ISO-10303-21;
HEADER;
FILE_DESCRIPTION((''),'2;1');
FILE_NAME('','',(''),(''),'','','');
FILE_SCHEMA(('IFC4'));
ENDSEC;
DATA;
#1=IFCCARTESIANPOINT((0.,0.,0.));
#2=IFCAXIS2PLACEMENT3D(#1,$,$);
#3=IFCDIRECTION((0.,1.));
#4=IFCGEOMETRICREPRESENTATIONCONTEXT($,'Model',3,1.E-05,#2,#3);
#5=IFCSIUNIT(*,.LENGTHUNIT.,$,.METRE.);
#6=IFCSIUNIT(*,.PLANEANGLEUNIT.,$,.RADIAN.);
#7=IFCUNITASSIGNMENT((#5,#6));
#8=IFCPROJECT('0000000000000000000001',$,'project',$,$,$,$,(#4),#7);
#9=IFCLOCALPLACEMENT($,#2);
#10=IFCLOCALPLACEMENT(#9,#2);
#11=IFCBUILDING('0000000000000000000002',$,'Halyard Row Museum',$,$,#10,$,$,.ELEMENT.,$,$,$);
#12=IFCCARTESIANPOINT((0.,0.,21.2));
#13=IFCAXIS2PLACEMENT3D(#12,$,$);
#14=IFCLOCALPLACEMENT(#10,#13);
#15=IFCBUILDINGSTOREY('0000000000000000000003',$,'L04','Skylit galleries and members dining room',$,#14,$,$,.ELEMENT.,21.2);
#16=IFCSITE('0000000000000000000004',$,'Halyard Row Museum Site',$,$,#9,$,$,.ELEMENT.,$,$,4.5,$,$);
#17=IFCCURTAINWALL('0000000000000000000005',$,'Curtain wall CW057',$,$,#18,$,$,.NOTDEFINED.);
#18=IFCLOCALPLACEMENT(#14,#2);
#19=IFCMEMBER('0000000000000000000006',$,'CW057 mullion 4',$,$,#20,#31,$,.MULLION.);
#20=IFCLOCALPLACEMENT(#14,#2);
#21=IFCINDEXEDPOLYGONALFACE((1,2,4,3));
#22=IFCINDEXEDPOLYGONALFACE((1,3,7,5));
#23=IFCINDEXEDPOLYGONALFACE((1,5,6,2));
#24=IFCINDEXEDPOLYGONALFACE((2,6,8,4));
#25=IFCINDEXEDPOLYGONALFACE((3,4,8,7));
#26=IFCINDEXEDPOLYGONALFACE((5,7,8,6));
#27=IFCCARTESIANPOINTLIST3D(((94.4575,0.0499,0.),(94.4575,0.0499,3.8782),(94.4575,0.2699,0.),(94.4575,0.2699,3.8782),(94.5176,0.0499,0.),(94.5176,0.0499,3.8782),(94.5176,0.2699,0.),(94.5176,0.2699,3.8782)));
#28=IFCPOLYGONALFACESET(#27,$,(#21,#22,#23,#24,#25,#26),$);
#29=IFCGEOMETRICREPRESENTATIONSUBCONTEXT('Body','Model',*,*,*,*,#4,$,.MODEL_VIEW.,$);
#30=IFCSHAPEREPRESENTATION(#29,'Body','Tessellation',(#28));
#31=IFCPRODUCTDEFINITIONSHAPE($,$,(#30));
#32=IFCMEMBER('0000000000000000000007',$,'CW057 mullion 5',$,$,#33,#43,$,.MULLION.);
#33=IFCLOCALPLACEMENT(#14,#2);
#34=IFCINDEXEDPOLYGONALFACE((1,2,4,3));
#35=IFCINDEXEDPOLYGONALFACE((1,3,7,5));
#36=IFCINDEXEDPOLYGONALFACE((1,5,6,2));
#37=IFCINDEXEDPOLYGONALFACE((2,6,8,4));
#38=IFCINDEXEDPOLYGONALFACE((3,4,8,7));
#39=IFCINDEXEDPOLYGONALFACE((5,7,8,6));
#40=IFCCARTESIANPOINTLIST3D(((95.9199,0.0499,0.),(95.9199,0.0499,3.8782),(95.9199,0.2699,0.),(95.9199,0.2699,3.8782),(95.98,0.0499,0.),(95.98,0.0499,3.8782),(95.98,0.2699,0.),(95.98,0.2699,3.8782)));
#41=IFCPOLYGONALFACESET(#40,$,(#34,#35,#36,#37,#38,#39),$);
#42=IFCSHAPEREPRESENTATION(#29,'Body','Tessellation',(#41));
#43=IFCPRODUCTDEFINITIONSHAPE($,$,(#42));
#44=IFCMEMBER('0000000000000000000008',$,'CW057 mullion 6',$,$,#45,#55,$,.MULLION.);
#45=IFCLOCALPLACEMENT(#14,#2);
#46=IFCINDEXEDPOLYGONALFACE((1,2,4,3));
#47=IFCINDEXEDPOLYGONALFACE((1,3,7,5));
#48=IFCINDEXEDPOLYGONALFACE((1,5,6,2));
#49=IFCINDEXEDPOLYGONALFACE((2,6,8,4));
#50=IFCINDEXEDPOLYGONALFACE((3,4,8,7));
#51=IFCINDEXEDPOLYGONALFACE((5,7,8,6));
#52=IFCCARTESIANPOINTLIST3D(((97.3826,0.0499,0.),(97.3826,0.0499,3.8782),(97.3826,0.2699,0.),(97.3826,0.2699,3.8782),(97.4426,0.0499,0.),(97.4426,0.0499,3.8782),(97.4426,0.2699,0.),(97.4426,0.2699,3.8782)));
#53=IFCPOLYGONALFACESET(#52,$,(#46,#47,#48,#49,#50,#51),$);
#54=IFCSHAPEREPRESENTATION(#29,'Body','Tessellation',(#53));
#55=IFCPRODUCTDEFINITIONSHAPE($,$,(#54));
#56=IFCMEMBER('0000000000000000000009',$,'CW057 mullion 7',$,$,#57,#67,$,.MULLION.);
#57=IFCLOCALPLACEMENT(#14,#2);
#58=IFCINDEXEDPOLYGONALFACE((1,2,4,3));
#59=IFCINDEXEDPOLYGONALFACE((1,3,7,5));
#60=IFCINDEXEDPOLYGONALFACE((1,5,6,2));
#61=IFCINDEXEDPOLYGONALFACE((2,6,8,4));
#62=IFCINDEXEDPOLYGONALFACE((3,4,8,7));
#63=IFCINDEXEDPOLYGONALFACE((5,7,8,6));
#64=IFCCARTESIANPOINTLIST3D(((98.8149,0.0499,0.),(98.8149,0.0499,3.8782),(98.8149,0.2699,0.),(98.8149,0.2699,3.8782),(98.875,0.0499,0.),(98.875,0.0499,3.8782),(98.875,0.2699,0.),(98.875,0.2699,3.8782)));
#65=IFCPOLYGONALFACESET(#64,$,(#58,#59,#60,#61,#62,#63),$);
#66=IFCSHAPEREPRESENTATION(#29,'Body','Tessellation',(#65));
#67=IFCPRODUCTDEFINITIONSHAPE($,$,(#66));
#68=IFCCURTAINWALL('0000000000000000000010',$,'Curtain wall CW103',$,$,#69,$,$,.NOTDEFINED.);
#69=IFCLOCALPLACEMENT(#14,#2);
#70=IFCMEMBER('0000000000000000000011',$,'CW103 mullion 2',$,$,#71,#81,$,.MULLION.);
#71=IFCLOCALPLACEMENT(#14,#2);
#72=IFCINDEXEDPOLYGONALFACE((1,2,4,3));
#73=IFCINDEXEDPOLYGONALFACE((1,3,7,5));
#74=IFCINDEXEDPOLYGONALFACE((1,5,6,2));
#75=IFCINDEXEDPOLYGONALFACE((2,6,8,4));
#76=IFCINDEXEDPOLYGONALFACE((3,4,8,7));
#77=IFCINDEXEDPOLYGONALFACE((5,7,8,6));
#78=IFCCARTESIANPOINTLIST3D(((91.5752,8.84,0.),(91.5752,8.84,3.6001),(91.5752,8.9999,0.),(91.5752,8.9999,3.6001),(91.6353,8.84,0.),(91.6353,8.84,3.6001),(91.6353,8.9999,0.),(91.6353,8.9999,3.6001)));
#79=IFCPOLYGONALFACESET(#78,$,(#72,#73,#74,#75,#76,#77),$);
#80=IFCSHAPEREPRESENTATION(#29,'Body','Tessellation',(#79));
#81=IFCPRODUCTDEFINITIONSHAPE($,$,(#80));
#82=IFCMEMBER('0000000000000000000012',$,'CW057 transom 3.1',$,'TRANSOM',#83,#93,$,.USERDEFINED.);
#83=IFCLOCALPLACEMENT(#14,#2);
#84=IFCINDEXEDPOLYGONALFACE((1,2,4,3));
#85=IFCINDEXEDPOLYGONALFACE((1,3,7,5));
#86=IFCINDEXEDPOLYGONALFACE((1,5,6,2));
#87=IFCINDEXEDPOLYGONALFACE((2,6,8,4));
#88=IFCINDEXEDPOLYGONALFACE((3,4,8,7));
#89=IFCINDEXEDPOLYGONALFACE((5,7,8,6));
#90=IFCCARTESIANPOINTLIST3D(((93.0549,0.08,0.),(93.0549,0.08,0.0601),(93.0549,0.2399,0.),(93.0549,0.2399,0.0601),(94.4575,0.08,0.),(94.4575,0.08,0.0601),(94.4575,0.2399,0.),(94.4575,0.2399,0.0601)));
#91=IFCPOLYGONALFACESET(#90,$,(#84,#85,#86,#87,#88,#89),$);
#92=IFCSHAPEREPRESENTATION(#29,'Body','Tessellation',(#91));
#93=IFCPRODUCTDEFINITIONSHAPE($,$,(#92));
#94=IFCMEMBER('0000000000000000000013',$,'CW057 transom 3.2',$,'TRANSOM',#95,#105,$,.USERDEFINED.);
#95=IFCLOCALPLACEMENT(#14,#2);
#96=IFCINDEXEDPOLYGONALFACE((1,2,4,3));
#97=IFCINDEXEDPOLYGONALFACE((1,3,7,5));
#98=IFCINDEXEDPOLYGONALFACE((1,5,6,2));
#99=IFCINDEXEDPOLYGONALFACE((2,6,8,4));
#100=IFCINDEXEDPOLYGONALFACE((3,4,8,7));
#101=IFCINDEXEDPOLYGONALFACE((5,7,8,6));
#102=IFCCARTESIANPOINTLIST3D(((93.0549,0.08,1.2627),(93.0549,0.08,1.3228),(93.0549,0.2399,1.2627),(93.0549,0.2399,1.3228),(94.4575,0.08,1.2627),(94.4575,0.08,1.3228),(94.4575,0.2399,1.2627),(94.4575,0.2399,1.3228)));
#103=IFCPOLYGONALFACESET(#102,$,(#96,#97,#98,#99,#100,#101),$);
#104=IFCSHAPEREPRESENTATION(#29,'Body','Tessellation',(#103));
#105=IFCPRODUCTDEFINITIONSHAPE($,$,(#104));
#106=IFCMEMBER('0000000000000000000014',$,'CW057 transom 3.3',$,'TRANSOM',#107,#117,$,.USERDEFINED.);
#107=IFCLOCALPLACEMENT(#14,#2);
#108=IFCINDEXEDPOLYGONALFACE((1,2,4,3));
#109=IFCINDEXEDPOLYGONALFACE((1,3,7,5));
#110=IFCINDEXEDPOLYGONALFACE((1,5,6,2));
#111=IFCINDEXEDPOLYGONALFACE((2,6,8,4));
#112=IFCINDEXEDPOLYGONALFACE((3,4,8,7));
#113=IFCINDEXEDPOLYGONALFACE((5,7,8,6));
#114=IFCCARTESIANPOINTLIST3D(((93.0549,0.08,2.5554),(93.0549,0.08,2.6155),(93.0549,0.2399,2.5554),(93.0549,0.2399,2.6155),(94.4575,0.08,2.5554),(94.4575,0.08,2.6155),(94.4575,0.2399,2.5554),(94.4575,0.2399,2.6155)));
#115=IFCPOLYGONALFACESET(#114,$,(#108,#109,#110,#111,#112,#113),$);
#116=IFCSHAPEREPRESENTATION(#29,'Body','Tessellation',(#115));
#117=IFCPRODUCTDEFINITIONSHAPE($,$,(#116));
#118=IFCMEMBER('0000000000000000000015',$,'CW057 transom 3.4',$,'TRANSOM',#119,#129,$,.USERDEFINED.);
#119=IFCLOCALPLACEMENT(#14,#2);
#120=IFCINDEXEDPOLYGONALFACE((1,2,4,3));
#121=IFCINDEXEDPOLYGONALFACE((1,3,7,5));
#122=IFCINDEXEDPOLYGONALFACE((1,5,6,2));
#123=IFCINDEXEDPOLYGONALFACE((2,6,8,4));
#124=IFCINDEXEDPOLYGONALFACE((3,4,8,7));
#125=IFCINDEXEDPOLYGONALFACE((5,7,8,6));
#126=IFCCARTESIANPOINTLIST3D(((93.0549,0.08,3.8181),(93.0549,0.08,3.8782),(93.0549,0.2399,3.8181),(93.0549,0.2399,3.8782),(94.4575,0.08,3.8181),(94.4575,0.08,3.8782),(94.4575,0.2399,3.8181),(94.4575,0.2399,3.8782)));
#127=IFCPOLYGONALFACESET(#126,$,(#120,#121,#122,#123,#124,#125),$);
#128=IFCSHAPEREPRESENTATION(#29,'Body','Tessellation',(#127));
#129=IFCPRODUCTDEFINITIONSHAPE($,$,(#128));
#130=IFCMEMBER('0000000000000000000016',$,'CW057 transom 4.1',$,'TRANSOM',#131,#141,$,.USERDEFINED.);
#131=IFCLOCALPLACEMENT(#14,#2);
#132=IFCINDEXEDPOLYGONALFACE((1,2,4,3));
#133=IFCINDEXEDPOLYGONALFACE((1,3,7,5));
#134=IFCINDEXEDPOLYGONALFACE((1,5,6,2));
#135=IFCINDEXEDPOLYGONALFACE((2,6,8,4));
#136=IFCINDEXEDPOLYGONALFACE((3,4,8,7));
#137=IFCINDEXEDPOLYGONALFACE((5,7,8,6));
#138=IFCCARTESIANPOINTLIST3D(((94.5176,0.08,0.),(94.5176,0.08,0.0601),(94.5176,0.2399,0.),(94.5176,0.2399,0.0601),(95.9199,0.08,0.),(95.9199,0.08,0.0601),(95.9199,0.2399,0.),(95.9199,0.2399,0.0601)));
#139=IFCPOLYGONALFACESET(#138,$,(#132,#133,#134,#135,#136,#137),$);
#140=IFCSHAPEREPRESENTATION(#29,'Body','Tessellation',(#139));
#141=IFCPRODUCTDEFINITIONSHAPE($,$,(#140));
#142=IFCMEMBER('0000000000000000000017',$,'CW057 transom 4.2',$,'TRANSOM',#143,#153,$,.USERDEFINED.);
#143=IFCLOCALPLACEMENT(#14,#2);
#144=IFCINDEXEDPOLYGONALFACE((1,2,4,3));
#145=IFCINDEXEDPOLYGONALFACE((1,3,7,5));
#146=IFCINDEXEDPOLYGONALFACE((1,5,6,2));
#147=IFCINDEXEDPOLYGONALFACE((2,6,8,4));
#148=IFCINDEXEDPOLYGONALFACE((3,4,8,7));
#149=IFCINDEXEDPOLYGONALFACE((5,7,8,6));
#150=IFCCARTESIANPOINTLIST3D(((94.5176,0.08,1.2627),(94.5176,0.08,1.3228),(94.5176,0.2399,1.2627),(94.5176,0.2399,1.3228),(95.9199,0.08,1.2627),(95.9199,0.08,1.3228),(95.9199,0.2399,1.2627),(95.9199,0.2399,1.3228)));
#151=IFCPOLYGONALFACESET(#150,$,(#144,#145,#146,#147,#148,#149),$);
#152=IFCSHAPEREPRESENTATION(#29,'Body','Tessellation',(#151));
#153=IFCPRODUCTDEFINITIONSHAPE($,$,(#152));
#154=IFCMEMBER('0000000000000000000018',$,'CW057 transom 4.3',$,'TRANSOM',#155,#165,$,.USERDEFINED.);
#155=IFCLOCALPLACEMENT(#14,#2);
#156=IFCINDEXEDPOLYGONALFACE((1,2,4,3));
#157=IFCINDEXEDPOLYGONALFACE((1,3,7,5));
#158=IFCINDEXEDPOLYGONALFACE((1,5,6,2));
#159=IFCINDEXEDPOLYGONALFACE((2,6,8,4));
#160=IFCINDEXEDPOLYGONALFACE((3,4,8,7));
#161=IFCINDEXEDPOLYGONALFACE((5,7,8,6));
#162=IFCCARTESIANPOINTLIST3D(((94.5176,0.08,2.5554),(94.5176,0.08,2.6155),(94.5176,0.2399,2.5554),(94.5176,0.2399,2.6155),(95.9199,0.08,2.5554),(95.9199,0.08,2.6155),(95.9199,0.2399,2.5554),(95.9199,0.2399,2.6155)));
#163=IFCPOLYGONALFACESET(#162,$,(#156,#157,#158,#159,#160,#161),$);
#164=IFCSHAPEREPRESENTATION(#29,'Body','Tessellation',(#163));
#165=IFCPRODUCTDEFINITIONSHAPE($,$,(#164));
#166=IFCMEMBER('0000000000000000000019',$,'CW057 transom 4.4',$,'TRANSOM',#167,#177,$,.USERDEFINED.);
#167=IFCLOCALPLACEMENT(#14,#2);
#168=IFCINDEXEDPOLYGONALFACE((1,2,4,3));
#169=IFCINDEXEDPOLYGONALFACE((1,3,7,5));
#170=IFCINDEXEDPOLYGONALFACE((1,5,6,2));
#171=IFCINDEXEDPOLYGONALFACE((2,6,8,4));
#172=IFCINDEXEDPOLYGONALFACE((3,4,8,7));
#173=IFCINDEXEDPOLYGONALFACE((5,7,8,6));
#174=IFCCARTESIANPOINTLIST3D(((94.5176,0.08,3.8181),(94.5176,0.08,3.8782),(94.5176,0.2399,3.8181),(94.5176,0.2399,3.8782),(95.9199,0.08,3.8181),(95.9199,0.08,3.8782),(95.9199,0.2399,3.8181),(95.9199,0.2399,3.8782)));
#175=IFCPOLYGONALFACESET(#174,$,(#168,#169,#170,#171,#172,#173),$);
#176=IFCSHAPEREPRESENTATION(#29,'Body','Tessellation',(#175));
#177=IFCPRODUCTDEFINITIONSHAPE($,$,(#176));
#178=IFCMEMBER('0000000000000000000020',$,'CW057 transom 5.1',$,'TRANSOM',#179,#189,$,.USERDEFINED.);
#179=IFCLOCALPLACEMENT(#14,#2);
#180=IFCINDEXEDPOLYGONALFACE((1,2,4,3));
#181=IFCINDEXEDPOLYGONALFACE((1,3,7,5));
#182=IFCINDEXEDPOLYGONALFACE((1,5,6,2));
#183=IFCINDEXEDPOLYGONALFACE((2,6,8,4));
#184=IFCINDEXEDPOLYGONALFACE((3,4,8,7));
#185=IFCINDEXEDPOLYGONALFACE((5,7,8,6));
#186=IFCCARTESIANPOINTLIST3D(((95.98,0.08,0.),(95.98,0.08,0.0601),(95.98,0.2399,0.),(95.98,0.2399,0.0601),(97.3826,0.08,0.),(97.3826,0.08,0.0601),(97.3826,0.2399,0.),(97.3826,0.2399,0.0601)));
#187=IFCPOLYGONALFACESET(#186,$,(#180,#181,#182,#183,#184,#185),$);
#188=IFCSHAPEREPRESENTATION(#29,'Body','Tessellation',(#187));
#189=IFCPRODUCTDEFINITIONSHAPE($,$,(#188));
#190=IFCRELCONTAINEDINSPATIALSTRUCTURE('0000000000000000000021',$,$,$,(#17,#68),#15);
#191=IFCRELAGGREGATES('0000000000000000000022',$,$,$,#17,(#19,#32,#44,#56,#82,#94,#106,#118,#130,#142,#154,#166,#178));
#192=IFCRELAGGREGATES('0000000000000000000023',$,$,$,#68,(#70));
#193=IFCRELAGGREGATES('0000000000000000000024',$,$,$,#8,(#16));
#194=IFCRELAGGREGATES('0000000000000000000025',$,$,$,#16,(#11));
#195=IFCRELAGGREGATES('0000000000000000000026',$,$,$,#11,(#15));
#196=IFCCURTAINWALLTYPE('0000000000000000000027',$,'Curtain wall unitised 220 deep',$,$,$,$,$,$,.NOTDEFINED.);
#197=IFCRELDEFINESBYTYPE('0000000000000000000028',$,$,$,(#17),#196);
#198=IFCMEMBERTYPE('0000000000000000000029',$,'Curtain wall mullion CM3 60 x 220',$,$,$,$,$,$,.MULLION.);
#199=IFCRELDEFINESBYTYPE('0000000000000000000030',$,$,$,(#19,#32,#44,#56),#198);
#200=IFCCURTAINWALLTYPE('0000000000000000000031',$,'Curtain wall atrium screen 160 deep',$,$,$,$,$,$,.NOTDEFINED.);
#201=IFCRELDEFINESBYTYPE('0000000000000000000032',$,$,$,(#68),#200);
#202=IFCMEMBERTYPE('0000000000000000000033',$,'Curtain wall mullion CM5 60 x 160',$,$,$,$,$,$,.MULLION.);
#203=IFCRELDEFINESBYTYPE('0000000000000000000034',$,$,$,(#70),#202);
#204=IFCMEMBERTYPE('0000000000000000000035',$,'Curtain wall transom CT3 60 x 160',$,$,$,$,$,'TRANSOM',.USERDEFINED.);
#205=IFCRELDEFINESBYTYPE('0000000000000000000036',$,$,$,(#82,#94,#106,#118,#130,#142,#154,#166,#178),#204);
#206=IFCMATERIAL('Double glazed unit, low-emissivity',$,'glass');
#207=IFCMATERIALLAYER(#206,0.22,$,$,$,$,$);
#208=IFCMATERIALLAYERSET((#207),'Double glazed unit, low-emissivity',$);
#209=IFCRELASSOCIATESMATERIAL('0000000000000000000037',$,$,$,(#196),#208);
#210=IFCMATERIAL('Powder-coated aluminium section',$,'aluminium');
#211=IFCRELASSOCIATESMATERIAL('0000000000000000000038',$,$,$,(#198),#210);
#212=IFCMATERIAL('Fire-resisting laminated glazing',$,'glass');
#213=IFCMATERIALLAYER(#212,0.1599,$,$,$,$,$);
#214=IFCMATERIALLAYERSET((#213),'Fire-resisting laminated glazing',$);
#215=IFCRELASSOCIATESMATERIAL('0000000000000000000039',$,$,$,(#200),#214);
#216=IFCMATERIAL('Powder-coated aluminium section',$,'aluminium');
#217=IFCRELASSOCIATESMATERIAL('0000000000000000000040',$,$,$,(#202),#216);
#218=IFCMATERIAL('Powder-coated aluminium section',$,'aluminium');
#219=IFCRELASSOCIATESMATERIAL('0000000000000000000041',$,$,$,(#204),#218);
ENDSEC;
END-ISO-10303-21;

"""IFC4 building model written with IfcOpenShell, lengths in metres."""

from ifc_helpers import new_model, si_unit, direction, frame, origin, origin_2d, place, context, subcontext, project, spatial, rectangle, extrude, material, layer, layer_set, material_profile, profile_set, type_object, element, aggregate, save


model = new_model("IFC4")

# Units and contexts
model_context = context("Model", 3, precision=1e-05, world=origin(), true_north=direction((0.0, 1.0)))
body_context = subcontext(model_context, "Body", "Model", "MODEL_VIEW")
ifc_project = project(units=[si_unit("LENGTHUNIT", "METRE"), si_unit("PLANEANGLEUNIT", "RADIAN")], contexts=[model_context])

# Site, building, storey
site_placement = place(None, origin())
site = spatial("IfcSite", under=ifc_project, at=site_placement, Name="Halyard Row Museum Site", CompositionType="ELEMENT", RefElevation=4.5)
building_placement = place(site_placement, origin())
building = spatial("IfcBuilding", under=site, at=building_placement, Name="Halyard Row Museum", CompositionType="ELEMENT")
storey_placement = place(building_placement, frame((0.0, 0.0, 21.2)))
storey = spatial("IfcBuildingStorey", under=building, at=storey_placement, Name="L04", Description="Skylit galleries and members dining room", CompositionType="ELEMENT", Elevation=21.2)

# Curtain wall, members
ifc_material_1 = material(Name="Double glazed unit, low-emissivity", Category="glass")
ifc_layer_1 = layer(ifc_material_1, 0.22)
ifc_layer_set_1 = layer_set([ifc_layer_1], Name="Double glazed unit, low-emissivity")
curtain_wall_type_1 = type_object("IfcCurtainWallType", Name="Curtain wall unitised 220 deep", PredefinedType="NOTDEFINED", material=ifc_layer_set_1)
curtain_wall_1_placement = place(storey_placement, origin())
curtain_wall_1 = element("IfcCurtainWall", 1, at=curtain_wall_1_placement, inside=storey, type_object=curtain_wall_type_1, Name="Curtain wall CW057", PredefinedType="NOTDEFINED")
ifc_material_2 = material(Name="Powder-coated aluminium section", Category="aluminium")
ifc_material_profile_1 = material_profile(ifc_material_2, rectangle(XDim=0.22, YDim=0.0601, at=origin_2d()), Name="220x60 mullion")
ifc_profile_set_1 = profile_set([ifc_material_profile_1], Name="Powder-coated aluminium section")
member_type_1 = type_object("IfcMemberType", Name="Curtain wall mullion CM3 60 x 220", PredefinedType="MULLION", material=ifc_profile_set_1)
member_1_placement = place(storey_placement, frame((94.4875, 0.1599, 0.0), z_axis=(0.0, 0.0, 1.0), x_axis=(0.0, 1.0, 0.0)))
member_1 = element("IfcMember", 2, at=member_1_placement, type_object=member_type_1, Name="CW057 mullion 4", PredefinedType="MULLION", context=body_context, shape_type="SweptSolid", body=[
    extrude(rectangle(XDim=0.22, YDim=0.0601, at=origin_2d()), origin(), (0.0, 0.0, 1.0), 3.8782),
])
member_2_placement = place(storey_placement, frame((95.95, 0.1599, 0.0), z_axis=(0.0, 0.0, 1.0), x_axis=(0.0, 1.0, 0.0)))
member_2 = element("IfcMember", 3, at=member_2_placement, type_object=member_type_1, Name="CW057 mullion 5", PredefinedType="MULLION", context=body_context, shape_type="SweptSolid", body=[
    extrude(rectangle(XDim=0.22, YDim=0.0601, at=origin_2d()), origin(), (0.0, 0.0, 1.0), 3.8782),
])
member_3_placement = place(storey_placement, frame((97.4126, 0.1599, 0.0), z_axis=(0.0, 0.0, 1.0), x_axis=(0.0, 1.0, 0.0)))
member_3 = element("IfcMember", 4, at=member_3_placement, type_object=member_type_1, Name="CW057 mullion 6", PredefinedType="MULLION", context=body_context, shape_type="SweptSolid", body=[
    extrude(rectangle(XDim=0.22, YDim=0.0601, at=origin_2d()), origin(), (0.0, 0.0, 1.0), 3.8782),
])
member_4_placement = place(storey_placement, frame((98.845, 0.1599, 0.0), z_axis=(0.0, 0.0, 1.0), x_axis=(0.0, 1.0, 0.0)))
member_4 = element("IfcMember", 5, at=member_4_placement, type_object=member_type_1, Name="CW057 mullion 7", PredefinedType="MULLION", context=body_context, shape_type="SweptSolid", body=[
    extrude(rectangle(XDim=0.22, YDim=0.0601, at=origin_2d()), origin(), (0.0, 0.0, 1.0), 3.8782),
])

# Curtain wall, member
ifc_material_3 = material(Name="Fire-resisting laminated glazing", Category="glass")
ifc_layer_2 = layer(ifc_material_3, 0.1599)
ifc_layer_set_2 = layer_set([ifc_layer_2], Name="Fire-resisting laminated glazing")
curtain_wall_type_2 = type_object("IfcCurtainWallType", Name="Curtain wall atrium screen 160 deep", PredefinedType="NOTDEFINED", material=ifc_layer_set_2)
curtain_wall_2_placement = place(storey_placement, origin())
curtain_wall_2 = element("IfcCurtainWall", 6, at=curtain_wall_2_placement, inside=storey, type_object=curtain_wall_type_2, Name="Curtain wall CW103", PredefinedType="NOTDEFINED")
ifc_material_4 = material(Name="Powder-coated aluminium section", Category="aluminium")
ifc_material_profile_2 = material_profile(ifc_material_4, rectangle(XDim=0.1599, YDim=0.0601, at=origin_2d()), Name="160x60 mullion")
ifc_profile_set_2 = profile_set([ifc_material_profile_2], Name="Powder-coated aluminium section")
member_type_2 = type_object("IfcMemberType", Name="Curtain wall mullion CM5 60 x 160", PredefinedType="MULLION", material=ifc_profile_set_2)
member_5_placement = place(storey_placement, frame((91.6052, 8.9199, 0.0), z_axis=(0.0, 0.0, 1.0), x_axis=(0.0, 1.0, 0.0)))
member_5 = element("IfcMember", 7, at=member_5_placement, type_object=member_type_2, Name="CW103 mullion 2", PredefinedType="MULLION", context=body_context, shape_type="SweptSolid", body=[
    extrude(rectangle(XDim=0.1599, YDim=0.0601, at=origin_2d()), origin(), (0.0, 0.0, 1.0), 3.6001),
])

# Members
ifc_material_5 = material(Name="Powder-coated aluminium section", Category="aluminium")
ifc_material_profile_3 = material_profile(ifc_material_5, rectangle(XDim=0.1599, YDim=0.0601, at=origin_2d()), Name="160x60 transom")
ifc_profile_set_3 = profile_set([ifc_material_profile_3], Name="Powder-coated aluminium section")
member_type_3 = type_object("IfcMemberType", Name="Curtain wall transom CT3 60 x 160", ElementType="TRANSOM", PredefinedType="USERDEFINED", material=ifc_profile_set_3)
member_6_placement = place(storey_placement, frame((93.0549, 0.1599, 0.03), z_axis=(1.0, 0.0, 0.0), x_axis=(0.0, 1.0, 0.0)))
member_6 = element("IfcMember", 8, at=member_6_placement, type_object=member_type_3, Name="CW057 transom 3.1", ObjectType="TRANSOM", PredefinedType="USERDEFINED", context=body_context, shape_type="SweptSolid", body=[
    extrude(rectangle(XDim=0.1599, YDim=0.0601, at=origin_2d()), origin(), (0.0, 0.0, 1.0), 1.4026),
])
member_7_placement = place(storey_placement, frame((93.0549, 0.1599, 1.2927), z_axis=(1.0, 0.0, 0.0), x_axis=(0.0, 1.0, 0.0)))
member_7 = element("IfcMember", 9, at=member_7_placement, type_object=member_type_3, Name="CW057 transom 3.2", ObjectType="TRANSOM", PredefinedType="USERDEFINED", context=body_context, shape_type="SweptSolid", body=[
    extrude(rectangle(XDim=0.1599, YDim=0.0601, at=origin_2d()), origin(), (0.0, 0.0, 1.0), 1.4026),
])
member_8_placement = place(storey_placement, frame((93.0549, 0.1599, 2.5854), z_axis=(1.0, 0.0, 0.0), x_axis=(0.0, 1.0, 0.0)))
member_8 = element("IfcMember", 10, at=member_8_placement, type_object=member_type_3, Name="CW057 transom 3.3", ObjectType="TRANSOM", PredefinedType="USERDEFINED", context=body_context, shape_type="SweptSolid", body=[
    extrude(rectangle(XDim=0.1599, YDim=0.0601, at=origin_2d()), origin(), (0.0, 0.0, 1.0), 1.4026),
])
member_9_placement = place(storey_placement, frame((93.0549, 0.1599, 3.8481), z_axis=(1.0, 0.0, 0.0), x_axis=(0.0, 1.0, 0.0)))
member_9 = element("IfcMember", 11, at=member_9_placement, type_object=member_type_3, Name="CW057 transom 3.4", ObjectType="TRANSOM", PredefinedType="USERDEFINED", context=body_context, shape_type="SweptSolid", body=[
    extrude(rectangle(XDim=0.1599, YDim=0.0601, at=origin_2d()), origin(), (0.0, 0.0, 1.0), 1.4026),
])
member_10_placement = place(storey_placement, frame((94.5176, 0.1599, 0.03), z_axis=(1.0, 0.0, 0.0), x_axis=(0.0, 1.0, 0.0)))
member_10 = element("IfcMember", 12, at=member_10_placement, type_object=member_type_3, Name="CW057 transom 4.1", ObjectType="TRANSOM", PredefinedType="USERDEFINED", context=body_context, shape_type="SweptSolid", body=[
    extrude(rectangle(XDim=0.1599, YDim=0.0601, at=origin_2d()), origin(), (0.0, 0.0, 1.0), 1.4023),
])
member_11_placement = place(storey_placement, frame((94.5176, 0.1599, 1.2927), z_axis=(1.0, 0.0, 0.0), x_axis=(0.0, 1.0, 0.0)))
member_11 = element("IfcMember", 13, at=member_11_placement, type_object=member_type_3, Name="CW057 transom 4.2", ObjectType="TRANSOM", PredefinedType="USERDEFINED", context=body_context, shape_type="SweptSolid", body=[
    extrude(rectangle(XDim=0.1599, YDim=0.0601, at=origin_2d()), origin(), (0.0, 0.0, 1.0), 1.4023),
])
member_12_placement = place(storey_placement, frame((94.5176, 0.1599, 2.5854), z_axis=(1.0, 0.0, 0.0), x_axis=(0.0, 1.0, 0.0)))
member_12 = element("IfcMember", 14, at=member_12_placement, type_object=member_type_3, Name="CW057 transom 4.3", ObjectType="TRANSOM", PredefinedType="USERDEFINED", context=body_context, shape_type="SweptSolid", body=[
    extrude(rectangle(XDim=0.1599, YDim=0.0601, at=origin_2d()), origin(), (0.0, 0.0, 1.0), 1.4023),
])
member_13_placement = place(storey_placement, frame((94.5176, 0.1599, 3.8481), z_axis=(1.0, 0.0, 0.0), x_axis=(0.0, 1.0, 0.0)))
member_13 = element("IfcMember", 15, at=member_13_placement, type_object=member_type_3, Name="CW057 transom 4.4", ObjectType="TRANSOM", PredefinedType="USERDEFINED", context=body_context, shape_type="SweptSolid", body=[
    extrude(rectangle(XDim=0.1599, YDim=0.0601, at=origin_2d()), origin(), (0.0, 0.0, 1.0), 1.4023),
])
member_14_placement = place(storey_placement, frame((95.98, 0.1599, 0.03), z_axis=(1.0, 0.0, 0.0), x_axis=(0.0, 1.0, 0.0)))
member_14 = element("IfcMember", 16, at=member_14_placement, type_object=member_type_3, Name="CW057 transom 5.1", ObjectType="TRANSOM", PredefinedType="USERDEFINED", context=body_context, shape_type="SweptSolid", body=[
    extrude(rectangle(XDim=0.1599, YDim=0.0601, at=origin_2d()), origin(), (0.0, 0.0, 1.0), 1.4026),
])

aggregate(curtain_wall_1, [member_1, member_2, member_3, member_4, member_6, member_7, member_8, member_9, member_10, member_11, member_12, member_13, member_14])
aggregate(curtain_wall_2, [member_5])

save(model, "model.ifc")
